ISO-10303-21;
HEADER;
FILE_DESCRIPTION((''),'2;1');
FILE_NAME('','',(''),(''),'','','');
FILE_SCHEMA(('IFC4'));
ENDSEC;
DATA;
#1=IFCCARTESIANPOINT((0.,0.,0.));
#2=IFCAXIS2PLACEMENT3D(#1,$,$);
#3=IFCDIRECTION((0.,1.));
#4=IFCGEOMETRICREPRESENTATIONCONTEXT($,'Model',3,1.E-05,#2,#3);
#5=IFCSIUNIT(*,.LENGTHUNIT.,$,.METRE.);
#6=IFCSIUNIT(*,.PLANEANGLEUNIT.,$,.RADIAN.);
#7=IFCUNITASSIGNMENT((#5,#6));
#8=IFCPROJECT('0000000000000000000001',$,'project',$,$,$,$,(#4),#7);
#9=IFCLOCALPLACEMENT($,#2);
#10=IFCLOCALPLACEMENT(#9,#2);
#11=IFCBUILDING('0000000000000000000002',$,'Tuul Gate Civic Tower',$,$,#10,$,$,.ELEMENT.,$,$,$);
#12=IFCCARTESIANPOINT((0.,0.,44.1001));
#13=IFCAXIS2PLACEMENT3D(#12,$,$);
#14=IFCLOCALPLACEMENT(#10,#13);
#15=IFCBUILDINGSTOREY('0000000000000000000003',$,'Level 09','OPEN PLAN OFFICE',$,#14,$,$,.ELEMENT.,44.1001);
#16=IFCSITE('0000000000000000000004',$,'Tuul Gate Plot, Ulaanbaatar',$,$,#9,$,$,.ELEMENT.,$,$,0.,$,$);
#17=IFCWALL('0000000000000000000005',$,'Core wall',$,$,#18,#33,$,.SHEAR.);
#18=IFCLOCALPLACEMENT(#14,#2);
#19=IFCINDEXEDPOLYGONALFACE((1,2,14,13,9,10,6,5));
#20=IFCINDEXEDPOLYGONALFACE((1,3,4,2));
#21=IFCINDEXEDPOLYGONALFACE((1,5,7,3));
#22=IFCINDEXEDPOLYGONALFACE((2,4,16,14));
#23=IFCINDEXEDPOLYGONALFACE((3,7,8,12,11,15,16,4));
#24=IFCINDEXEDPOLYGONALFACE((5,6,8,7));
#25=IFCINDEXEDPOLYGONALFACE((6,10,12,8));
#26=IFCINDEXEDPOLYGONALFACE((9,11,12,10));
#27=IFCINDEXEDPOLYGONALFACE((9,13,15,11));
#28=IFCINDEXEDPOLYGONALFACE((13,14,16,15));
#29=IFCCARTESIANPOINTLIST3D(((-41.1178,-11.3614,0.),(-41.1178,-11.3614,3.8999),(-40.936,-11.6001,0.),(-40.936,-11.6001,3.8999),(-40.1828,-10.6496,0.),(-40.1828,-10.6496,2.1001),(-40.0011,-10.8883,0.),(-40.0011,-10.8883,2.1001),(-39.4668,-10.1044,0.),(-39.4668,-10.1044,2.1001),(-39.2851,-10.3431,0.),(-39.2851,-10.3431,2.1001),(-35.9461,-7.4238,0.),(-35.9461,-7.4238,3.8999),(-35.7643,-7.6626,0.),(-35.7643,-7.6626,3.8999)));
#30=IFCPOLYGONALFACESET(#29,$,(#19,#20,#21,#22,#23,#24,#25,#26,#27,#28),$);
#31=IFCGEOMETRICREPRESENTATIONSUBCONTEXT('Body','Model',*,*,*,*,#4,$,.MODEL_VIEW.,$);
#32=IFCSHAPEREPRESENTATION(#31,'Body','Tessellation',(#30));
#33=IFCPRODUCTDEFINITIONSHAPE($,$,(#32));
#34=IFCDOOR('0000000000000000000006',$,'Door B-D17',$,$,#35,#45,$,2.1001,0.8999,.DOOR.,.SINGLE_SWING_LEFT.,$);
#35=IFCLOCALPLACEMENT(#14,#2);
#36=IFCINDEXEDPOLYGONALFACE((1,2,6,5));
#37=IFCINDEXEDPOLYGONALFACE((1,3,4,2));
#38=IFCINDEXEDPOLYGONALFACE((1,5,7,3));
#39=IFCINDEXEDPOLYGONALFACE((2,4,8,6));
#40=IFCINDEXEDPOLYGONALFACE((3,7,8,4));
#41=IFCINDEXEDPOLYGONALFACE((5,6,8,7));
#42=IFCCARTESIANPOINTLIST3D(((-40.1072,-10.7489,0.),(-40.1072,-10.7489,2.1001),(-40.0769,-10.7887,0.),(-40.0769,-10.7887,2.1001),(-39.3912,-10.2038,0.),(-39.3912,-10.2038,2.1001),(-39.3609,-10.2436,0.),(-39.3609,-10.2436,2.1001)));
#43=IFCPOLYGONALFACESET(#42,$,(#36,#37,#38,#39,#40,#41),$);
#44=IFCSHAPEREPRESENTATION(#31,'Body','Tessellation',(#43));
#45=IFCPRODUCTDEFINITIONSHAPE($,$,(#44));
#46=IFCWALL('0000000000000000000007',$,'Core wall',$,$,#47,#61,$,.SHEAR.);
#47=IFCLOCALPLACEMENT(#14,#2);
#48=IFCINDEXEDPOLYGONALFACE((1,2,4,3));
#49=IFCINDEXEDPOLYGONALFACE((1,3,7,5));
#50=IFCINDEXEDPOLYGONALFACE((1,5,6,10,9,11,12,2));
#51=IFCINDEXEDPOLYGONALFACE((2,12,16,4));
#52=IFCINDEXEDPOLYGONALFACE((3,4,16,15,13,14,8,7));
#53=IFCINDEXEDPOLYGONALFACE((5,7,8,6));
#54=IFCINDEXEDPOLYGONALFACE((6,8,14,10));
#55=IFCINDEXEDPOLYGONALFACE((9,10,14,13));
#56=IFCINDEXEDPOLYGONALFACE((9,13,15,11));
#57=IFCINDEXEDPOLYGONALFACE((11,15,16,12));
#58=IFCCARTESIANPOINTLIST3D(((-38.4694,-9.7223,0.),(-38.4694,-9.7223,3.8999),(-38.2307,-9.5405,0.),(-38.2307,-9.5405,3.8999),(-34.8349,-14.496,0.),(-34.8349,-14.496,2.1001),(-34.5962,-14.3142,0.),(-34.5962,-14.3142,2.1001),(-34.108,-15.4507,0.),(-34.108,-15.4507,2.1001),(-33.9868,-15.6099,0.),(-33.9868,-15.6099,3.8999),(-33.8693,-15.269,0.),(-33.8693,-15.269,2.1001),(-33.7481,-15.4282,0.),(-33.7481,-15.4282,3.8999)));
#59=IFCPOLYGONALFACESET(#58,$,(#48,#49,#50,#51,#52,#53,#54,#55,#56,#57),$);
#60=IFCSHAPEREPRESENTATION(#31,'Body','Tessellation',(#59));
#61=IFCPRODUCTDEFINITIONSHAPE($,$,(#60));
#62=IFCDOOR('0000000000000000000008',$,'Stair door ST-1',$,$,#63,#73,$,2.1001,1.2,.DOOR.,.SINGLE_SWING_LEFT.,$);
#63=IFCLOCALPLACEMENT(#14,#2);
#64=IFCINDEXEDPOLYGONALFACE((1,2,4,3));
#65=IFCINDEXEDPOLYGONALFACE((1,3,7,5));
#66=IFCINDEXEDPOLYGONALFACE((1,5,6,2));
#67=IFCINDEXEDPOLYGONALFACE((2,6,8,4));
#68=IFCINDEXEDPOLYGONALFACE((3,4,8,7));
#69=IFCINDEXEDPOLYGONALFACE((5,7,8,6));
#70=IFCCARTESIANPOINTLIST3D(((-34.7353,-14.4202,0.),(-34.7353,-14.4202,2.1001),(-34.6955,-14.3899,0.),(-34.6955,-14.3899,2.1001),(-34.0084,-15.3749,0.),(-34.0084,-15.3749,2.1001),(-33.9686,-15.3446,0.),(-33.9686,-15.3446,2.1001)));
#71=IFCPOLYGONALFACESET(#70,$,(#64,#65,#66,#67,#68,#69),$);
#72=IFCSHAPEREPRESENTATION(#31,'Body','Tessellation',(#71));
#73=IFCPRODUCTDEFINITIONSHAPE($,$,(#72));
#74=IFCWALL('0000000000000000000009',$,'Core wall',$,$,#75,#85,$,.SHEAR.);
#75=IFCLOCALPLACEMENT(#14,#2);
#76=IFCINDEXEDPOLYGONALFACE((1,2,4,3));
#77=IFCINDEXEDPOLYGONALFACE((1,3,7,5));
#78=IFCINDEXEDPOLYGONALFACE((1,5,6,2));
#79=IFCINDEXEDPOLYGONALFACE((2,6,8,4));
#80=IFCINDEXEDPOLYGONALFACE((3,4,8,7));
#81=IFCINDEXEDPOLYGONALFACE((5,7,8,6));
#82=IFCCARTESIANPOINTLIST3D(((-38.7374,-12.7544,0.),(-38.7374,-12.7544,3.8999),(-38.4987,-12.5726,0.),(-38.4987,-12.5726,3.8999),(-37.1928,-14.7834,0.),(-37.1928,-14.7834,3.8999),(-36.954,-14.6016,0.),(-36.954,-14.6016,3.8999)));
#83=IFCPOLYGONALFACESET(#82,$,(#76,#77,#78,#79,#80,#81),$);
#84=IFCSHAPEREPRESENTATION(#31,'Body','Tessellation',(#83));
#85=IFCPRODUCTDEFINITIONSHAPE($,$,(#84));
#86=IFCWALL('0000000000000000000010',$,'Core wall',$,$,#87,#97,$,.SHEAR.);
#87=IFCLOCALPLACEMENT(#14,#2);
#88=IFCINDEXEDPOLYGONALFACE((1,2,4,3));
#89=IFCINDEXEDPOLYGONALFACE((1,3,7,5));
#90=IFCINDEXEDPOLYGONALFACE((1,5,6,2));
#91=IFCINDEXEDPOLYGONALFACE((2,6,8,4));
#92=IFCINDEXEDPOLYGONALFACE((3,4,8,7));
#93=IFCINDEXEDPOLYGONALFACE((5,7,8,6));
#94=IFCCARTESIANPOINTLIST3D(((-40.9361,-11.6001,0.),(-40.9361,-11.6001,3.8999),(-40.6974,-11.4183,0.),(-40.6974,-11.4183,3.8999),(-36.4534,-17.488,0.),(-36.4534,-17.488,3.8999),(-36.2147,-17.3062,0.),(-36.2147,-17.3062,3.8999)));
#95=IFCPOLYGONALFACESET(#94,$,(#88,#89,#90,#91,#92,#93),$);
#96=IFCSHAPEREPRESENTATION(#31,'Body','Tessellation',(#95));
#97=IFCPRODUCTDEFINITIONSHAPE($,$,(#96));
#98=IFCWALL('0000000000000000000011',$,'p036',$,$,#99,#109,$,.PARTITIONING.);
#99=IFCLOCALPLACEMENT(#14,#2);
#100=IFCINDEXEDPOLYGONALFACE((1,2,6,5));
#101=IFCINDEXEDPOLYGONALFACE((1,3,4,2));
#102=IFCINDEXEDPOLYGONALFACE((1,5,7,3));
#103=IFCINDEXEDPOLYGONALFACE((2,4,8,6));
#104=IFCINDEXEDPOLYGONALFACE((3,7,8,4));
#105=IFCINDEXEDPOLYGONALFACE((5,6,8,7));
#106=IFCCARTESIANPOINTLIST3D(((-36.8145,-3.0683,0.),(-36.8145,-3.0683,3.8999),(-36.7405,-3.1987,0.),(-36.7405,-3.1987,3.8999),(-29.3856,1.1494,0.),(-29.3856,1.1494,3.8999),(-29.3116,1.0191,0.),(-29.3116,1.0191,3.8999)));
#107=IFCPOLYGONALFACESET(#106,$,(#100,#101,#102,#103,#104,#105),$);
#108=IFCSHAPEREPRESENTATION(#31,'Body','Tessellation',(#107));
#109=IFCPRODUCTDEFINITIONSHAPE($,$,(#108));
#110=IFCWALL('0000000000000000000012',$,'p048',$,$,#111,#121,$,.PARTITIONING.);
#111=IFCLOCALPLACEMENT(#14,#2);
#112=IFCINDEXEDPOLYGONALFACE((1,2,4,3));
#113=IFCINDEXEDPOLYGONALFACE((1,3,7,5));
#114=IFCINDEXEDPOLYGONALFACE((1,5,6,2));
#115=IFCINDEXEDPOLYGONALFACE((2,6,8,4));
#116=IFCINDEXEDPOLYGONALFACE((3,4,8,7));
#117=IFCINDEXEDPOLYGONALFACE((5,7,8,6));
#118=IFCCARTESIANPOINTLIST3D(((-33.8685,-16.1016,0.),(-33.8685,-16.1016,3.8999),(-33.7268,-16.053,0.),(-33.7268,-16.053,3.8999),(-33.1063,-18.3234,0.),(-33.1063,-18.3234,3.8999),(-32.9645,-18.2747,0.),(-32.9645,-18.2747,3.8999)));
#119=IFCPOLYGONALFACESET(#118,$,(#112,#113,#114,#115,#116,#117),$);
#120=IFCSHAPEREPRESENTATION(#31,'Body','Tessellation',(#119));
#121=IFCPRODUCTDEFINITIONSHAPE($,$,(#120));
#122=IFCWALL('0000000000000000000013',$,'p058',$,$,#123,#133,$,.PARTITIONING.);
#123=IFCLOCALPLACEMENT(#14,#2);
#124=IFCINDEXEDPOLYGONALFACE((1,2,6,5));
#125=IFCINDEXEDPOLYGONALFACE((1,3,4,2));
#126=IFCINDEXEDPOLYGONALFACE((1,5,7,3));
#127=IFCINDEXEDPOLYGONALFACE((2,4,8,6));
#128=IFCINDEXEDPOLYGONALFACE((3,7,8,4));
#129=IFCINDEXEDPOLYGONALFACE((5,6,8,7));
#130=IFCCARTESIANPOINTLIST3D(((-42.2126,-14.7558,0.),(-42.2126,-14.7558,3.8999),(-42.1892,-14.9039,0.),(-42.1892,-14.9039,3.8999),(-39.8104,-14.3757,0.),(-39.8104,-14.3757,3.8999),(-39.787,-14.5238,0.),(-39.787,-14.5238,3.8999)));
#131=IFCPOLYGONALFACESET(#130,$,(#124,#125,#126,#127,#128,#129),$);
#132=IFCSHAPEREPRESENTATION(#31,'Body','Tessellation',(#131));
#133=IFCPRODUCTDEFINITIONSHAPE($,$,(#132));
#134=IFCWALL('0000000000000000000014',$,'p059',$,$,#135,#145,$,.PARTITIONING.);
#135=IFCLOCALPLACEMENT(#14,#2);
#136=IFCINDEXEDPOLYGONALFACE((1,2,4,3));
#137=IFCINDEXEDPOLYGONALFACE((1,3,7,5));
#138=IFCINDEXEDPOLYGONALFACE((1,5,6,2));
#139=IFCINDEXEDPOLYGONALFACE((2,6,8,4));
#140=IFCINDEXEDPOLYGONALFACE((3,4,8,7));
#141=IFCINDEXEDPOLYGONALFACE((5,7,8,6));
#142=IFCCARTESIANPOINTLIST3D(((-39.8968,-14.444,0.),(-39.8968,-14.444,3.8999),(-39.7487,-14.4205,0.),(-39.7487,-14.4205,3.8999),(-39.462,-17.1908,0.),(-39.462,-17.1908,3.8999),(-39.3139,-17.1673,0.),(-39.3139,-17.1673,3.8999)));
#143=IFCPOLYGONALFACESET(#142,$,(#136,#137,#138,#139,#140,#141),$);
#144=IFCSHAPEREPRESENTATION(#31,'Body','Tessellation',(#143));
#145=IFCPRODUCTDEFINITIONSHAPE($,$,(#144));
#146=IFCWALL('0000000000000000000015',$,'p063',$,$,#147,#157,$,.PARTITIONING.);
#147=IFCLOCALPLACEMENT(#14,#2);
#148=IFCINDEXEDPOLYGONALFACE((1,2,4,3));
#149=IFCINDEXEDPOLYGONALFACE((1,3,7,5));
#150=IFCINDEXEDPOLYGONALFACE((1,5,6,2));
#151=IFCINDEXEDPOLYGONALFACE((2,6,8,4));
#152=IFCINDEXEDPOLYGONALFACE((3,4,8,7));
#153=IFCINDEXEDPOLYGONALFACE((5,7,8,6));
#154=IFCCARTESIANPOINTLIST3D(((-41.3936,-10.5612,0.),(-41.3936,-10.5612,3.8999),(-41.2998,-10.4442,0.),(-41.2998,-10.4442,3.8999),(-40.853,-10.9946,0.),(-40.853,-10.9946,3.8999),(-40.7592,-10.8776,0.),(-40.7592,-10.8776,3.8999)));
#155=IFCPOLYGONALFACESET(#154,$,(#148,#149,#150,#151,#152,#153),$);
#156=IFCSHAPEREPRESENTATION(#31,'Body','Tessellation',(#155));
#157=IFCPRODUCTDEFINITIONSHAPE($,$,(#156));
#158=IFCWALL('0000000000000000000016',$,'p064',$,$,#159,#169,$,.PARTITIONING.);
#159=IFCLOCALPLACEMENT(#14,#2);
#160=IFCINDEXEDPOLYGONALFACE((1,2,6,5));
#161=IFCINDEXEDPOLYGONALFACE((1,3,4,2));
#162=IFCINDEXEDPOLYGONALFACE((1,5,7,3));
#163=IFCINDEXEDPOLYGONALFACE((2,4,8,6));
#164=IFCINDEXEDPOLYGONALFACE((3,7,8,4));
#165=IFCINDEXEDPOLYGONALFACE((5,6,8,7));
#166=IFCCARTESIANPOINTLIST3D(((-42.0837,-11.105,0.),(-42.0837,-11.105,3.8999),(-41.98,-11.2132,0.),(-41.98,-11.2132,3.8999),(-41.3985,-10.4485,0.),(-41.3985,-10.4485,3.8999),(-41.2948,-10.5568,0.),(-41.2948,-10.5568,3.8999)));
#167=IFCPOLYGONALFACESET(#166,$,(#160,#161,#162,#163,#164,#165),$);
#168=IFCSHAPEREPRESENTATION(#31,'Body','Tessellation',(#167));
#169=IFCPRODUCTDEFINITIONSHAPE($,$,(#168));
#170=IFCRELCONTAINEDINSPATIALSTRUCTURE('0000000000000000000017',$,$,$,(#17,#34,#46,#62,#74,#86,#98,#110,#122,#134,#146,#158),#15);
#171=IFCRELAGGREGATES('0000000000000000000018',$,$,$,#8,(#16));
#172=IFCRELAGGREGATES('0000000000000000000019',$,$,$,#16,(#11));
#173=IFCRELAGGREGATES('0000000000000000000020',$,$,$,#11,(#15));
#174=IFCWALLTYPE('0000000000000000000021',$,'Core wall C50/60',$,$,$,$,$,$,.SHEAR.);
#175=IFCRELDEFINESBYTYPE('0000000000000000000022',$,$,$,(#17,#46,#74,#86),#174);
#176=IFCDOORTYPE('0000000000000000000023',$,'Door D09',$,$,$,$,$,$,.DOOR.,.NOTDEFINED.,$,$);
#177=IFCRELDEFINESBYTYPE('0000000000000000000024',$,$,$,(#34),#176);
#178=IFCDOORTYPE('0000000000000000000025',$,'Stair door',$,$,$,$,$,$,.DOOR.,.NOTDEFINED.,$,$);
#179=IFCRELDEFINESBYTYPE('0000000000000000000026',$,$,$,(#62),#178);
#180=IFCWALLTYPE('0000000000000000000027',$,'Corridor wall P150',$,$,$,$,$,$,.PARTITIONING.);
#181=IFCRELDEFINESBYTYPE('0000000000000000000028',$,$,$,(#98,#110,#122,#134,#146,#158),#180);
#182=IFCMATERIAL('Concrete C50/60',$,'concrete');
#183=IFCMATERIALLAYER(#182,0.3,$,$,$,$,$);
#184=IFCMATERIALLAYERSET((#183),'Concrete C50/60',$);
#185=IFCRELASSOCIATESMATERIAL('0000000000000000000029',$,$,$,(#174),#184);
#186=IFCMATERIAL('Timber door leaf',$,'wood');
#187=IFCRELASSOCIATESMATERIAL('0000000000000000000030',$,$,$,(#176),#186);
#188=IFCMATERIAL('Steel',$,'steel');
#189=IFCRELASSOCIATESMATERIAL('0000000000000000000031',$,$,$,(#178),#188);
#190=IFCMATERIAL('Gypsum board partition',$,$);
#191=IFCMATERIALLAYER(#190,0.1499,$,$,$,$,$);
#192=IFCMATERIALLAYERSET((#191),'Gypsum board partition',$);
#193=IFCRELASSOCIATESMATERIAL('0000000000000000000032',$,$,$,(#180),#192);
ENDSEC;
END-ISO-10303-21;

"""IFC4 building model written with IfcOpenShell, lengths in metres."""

from ifc_helpers import new_model, si_unit, direction, frame, frame_2d, origin, place, context, subcontext, project, spatial, rectangle, extrude, material, layer, layer_set, type_object, element, fill, save


model = new_model("IFC4")

# Units and contexts
model_context = context("Model", 3, precision=1e-05, world=origin(), true_north=direction((0.0, 1.0)))
body_context = subcontext(model_context, "Body", "Model", "MODEL_VIEW")
ifc_project = project(units=[si_unit("LENGTHUNIT", "METRE"), si_unit("PLANEANGLEUNIT", "RADIAN")], contexts=[model_context])

# Site, building, storey
site_placement = place(None, origin())
site = spatial("IfcSite", under=ifc_project, at=site_placement, Name="Tuul Gate Plot, Ulaanbaatar", CompositionType="ELEMENT", RefElevation=0.0)
building_placement = place(site_placement, origin())
building = spatial("IfcBuilding", under=site, at=building_placement, Name="Tuul Gate Civic Tower", CompositionType="ELEMENT")
storey_placement = place(building_placement, frame((0.0, 0.0, 44.1001)))
storey = spatial("IfcBuildingStorey", under=building, at=storey_placement, Name="Level 09", Description="OPEN PLAN OFFICE", CompositionType="ELEMENT", Elevation=44.1001)

# Shared definitions
ifc_material_1 = material(Name="Concrete C50/60", Category="concrete")
ifc_layer_1 = layer(ifc_material_1, 0.3)
ifc_layer_set_1 = layer_set([ifc_layer_1], Name="Concrete C50/60")
wall_type_1 = type_object("IfcWallType", Name="Core wall C50/60", PredefinedType="SHEAR", material=ifc_layer_set_1)

# Walls, openings, doors
wall_1_placement = place(storey_placement, frame((-35.8552, -7.5432, 0.0), z_axis=(0.0, 0.0, 1.0), x_axis=(-0.795639, -0.605772, 0.0)))
wall_1 = element("IfcWall", 1, at=wall_1_placement, inside=storey, type_object=wall_type_1, Name="Core wall", PredefinedType="SHEAR", context=body_context, shape_type="SweptSolid", body=[
    extrude(rectangle(XDim=6.5, YDim=0.3, at=frame_2d((3.25, 0.0))), origin(), (0.0, 0.0, 1.0), 3.8999),
])
opening_1_placement = place(wall_1_placement, frame((4.425, 0.0, 0.0)))
opening_1 = element("IfcOpeningElement", 2, at=opening_1_placement, cuts=wall_1, PredefinedType="OPENING", context=body_context, shape_type="SweptSolid", body=[
    extrude(rectangle(XDim=0.8999, YDim=2.1001, at=frame_2d((0.45, 1.05))), frame((0.0, 0.1602, 0.0), z_axis=(0.0, -1.0, 0.0), x_axis=(1.0, 0.0, 0.0)), (0.0, 0.0, 1.0), 0.3201),
])
ifc_material_2 = material(Name="Timber door leaf", Category="wood")
door_type_1 = type_object("IfcDoorType", Name="Door D09", OperationType="NOTDEFINED", PredefinedType="DOOR", material=ifc_material_2)
door_1_placement = place(opening_1_placement, origin())
door_1 = element("IfcDoor", 3, at=door_1_placement, inside=storey, type_object=door_type_1, Name="Door B-D17", OperationType="SINGLE_SWING_LEFT", OverallHeight=2.1001, OverallWidth=0.8999, PredefinedType="DOOR", context=body_context, shape_type="SweptSolid", body=[
    extrude(rectangle(XDim=0.8999, YDim=2.1001, at=frame_2d((0.45, 1.05))), frame((0.0, 0.0249, 0.0), z_axis=(0.0, -1.0, 0.0), x_axis=(1.0, 0.0, 0.0)), (0.0, 0.0, 1.0), 0.05),
])
fill(opening_1, door_1)
wall_2_placement = place(storey_placement, frame((-33.8674, -15.519, 0.0), z_axis=(0.0, 0.0, 1.0), x_axis=(-0.60577, 0.79564, 0.0)))
wall_2 = element("IfcWall", 4, at=wall_2_placement, inside=storey, type_object=wall_type_1, Name="Core wall", PredefinedType="SHEAR", context=body_context, shape_type="SweptSolid", body=[
    extrude(rectangle(XDim=7.3999, YDim=0.3, at=frame_2d((3.7, 0.0))), origin(), (0.0, 0.0, 1.0), 3.8999),
])
opening_2_placement = place(wall_2_placement, frame((0.2, 0.0, 0.0)))
opening_2 = element("IfcOpeningElement", 5, at=opening_2_placement, cuts=wall_2, PredefinedType="OPENING", context=body_context, shape_type="SweptSolid", body=[
    extrude(rectangle(XDim=1.2, YDim=2.1001, at=frame_2d((0.6001, 1.05))), frame((0.0, 0.1602, 0.0), z_axis=(0.0, -1.0, 0.0), x_axis=(1.0, 0.0, 0.0)), (0.0, 0.0, 1.0), 0.3201),
])
ifc_material_3 = material(Name="Steel", Category="steel")
door_type_2 = type_object("IfcDoorType", Name="Stair door", OperationType="NOTDEFINED", PredefinedType="DOOR", material=ifc_material_3)
door_2_placement = place(opening_2_placement, origin())
door_2 = element("IfcDoor", 6, at=door_2_placement, inside=storey, type_object=door_type_2, Name="Stair door ST-1", OperationType="SINGLE_SWING_LEFT", OverallHeight=2.1001, OverallWidth=1.2, PredefinedType="DOOR", context=body_context, shape_type="SweptSolid", body=[
    extrude(rectangle(XDim=1.2, YDim=2.1001, at=frame_2d((0.6001, 1.05))), frame((0.0, 0.0249, 0.0), z_axis=(0.0, -1.0, 0.0), x_axis=(1.0, 0.0, 0.0)), (0.0, 0.0, 1.0), 0.05),
])
fill(opening_2, door_2)

# Walls
wall_3_placement = place(storey_placement, frame((-37.0735, -14.6924, 0.0), z_axis=(0.0, 0.0, 1.0), x_axis=(-0.605729, 0.795671, 0.0)))
element("IfcWall", 7, at=wall_3_placement, inside=storey, type_object=wall_type_1, Name="Core wall", PredefinedType="SHEAR", context=body_context, shape_type="SweptSolid", body=[
    extrude(rectangle(XDim=2.55, YDim=0.3, at=frame_2d((1.2749, 0.0))), origin(), (0.0, 0.0, 1.0), 3.8999),
])
wall_4_placement = place(storey_placement, frame((-36.334, -17.3972, 0.0), z_axis=(0.0, 0.0, 1.0), x_axis=(-0.605754, 0.795652, 0.0)))
element("IfcWall", 8, at=wall_4_placement, inside=storey, type_object=wall_type_1, Name="Core wall", PredefinedType="SHEAR", context=body_context, shape_type="SweptSolid", body=[
    extrude(rectangle(XDim=7.4001, YDim=0.3, at=frame_2d((3.7002, 0.0))), origin(), (0.0, 0.0, 1.0), 3.8999),
])
ifc_material_4 = material(Name="Gypsum board partition")
ifc_layer_2 = layer(ifc_material_4, 0.1499)
ifc_layer_set_2 = layer_set([ifc_layer_2], Name="Gypsum board partition")
wall_type_2 = type_object("IfcWallType", Name="Corridor wall P150", PredefinedType="PARTITIONING", material=ifc_layer_set_2)
wall_5_placement = place(storey_placement, frame((-36.7776, -3.1335, 0.0), z_axis=(0.0, 0.0, 1.0), x_axis=(0.869619, 0.493724, 0.0)))
element("IfcWall", 9, at=wall_5_placement, inside=storey, type_object=wall_type_2, Name="p036", PredefinedType="PARTITIONING", context=body_context, shape_type="SweptSolid", body=[
    extrude(rectangle(XDim=8.5427, YDim=0.1499, at=frame_2d((4.2715, 0.0))), origin(), (0.0, 0.0, 1.0), 3.8999),
])
wall_6_placement = place(storey_placement, frame((-33.7976, -16.0774, 0.0), z_axis=(0.0, 0.0, 1.0), x_axis=(0.32451, -0.945882, 0.0)))
element("IfcWall", 10, at=wall_6_placement, inside=storey, type_object=wall_type_2, Name="p048", PredefinedType="PARTITIONING", context=body_context, shape_type="SweptSolid", body=[
    extrude(rectangle(XDim=2.3489, YDim=0.1499, at=frame_2d((1.1743, 0.0))), origin(), (0.0, 0.0, 1.0), 3.8999),
])
wall_7_placement = place(storey_placement, frame((-42.2009, -14.8298, 0.0), z_axis=(0.0, 0.0, 1.0), x_axis=(0.987712, 0.156287, 0.0)))
element("IfcWall", 11, at=wall_7_placement, inside=storey, type_object=wall_type_2, Name="p058", PredefinedType="PARTITIONING", context=body_context, shape_type="SweptSolid", body=[
    extrude(rectangle(XDim=2.4321, YDim=0.1499, at=frame_2d((1.2161, 0.0))), origin(), (0.0, 0.0, 1.0), 3.8999),
])
wall_8_placement = place(storey_placement, frame((-39.8228, -14.4321, 0.0), z_axis=(0.0, 0.0, 1.0), x_axis=(0.15635, -0.987702, 0.0)))
element("IfcWall", 12, at=wall_8_placement, inside=storey, type_object=wall_type_2, Name="p059", PredefinedType="PARTITIONING", context=body_context, shape_type="SweptSolid", body=[
    extrude(rectangle(XDim=2.781, YDim=0.1499, at=frame_2d((1.3906, 0.0))), origin(), (0.0, 0.0, 1.0), 3.8999),
])
wall_9_placement = place(storey_placement, frame((-41.3467, -10.5027, 0.0), z_axis=(0.0, 0.0, 1.0), x_axis=(0.780215, -0.625511, 0.0)))
element("IfcWall", 13, at=wall_9_placement, inside=storey, type_object=wall_type_2, Name="p063", PredefinedType="PARTITIONING", context=body_context, shape_type="SweptSolid", body=[
    extrude(rectangle(XDim=0.6929, YDim=0.1499, at=frame_2d((0.3464, 0.0))), origin(), (0.0, 0.0, 1.0), 3.8999),
])
wall_10_placement = place(storey_placement, frame((-42.032, -11.1592, 0.0), z_axis=(0.0, 0.0, 1.0), x_axis=(0.722122, 0.691766, 0.0)))
element("IfcWall", 14, at=wall_10_placement, inside=storey, type_object=wall_type_2, Name="p064", PredefinedType="PARTITIONING", context=body_context, shape_type="SweptSolid", body=[
    extrude(rectangle(XDim=0.949, YDim=0.1499, at=frame_2d((0.4746, 0.0))), origin(), (0.0, 0.0, 1.0), 3.8999),
])

save(model, "model.ifc")
